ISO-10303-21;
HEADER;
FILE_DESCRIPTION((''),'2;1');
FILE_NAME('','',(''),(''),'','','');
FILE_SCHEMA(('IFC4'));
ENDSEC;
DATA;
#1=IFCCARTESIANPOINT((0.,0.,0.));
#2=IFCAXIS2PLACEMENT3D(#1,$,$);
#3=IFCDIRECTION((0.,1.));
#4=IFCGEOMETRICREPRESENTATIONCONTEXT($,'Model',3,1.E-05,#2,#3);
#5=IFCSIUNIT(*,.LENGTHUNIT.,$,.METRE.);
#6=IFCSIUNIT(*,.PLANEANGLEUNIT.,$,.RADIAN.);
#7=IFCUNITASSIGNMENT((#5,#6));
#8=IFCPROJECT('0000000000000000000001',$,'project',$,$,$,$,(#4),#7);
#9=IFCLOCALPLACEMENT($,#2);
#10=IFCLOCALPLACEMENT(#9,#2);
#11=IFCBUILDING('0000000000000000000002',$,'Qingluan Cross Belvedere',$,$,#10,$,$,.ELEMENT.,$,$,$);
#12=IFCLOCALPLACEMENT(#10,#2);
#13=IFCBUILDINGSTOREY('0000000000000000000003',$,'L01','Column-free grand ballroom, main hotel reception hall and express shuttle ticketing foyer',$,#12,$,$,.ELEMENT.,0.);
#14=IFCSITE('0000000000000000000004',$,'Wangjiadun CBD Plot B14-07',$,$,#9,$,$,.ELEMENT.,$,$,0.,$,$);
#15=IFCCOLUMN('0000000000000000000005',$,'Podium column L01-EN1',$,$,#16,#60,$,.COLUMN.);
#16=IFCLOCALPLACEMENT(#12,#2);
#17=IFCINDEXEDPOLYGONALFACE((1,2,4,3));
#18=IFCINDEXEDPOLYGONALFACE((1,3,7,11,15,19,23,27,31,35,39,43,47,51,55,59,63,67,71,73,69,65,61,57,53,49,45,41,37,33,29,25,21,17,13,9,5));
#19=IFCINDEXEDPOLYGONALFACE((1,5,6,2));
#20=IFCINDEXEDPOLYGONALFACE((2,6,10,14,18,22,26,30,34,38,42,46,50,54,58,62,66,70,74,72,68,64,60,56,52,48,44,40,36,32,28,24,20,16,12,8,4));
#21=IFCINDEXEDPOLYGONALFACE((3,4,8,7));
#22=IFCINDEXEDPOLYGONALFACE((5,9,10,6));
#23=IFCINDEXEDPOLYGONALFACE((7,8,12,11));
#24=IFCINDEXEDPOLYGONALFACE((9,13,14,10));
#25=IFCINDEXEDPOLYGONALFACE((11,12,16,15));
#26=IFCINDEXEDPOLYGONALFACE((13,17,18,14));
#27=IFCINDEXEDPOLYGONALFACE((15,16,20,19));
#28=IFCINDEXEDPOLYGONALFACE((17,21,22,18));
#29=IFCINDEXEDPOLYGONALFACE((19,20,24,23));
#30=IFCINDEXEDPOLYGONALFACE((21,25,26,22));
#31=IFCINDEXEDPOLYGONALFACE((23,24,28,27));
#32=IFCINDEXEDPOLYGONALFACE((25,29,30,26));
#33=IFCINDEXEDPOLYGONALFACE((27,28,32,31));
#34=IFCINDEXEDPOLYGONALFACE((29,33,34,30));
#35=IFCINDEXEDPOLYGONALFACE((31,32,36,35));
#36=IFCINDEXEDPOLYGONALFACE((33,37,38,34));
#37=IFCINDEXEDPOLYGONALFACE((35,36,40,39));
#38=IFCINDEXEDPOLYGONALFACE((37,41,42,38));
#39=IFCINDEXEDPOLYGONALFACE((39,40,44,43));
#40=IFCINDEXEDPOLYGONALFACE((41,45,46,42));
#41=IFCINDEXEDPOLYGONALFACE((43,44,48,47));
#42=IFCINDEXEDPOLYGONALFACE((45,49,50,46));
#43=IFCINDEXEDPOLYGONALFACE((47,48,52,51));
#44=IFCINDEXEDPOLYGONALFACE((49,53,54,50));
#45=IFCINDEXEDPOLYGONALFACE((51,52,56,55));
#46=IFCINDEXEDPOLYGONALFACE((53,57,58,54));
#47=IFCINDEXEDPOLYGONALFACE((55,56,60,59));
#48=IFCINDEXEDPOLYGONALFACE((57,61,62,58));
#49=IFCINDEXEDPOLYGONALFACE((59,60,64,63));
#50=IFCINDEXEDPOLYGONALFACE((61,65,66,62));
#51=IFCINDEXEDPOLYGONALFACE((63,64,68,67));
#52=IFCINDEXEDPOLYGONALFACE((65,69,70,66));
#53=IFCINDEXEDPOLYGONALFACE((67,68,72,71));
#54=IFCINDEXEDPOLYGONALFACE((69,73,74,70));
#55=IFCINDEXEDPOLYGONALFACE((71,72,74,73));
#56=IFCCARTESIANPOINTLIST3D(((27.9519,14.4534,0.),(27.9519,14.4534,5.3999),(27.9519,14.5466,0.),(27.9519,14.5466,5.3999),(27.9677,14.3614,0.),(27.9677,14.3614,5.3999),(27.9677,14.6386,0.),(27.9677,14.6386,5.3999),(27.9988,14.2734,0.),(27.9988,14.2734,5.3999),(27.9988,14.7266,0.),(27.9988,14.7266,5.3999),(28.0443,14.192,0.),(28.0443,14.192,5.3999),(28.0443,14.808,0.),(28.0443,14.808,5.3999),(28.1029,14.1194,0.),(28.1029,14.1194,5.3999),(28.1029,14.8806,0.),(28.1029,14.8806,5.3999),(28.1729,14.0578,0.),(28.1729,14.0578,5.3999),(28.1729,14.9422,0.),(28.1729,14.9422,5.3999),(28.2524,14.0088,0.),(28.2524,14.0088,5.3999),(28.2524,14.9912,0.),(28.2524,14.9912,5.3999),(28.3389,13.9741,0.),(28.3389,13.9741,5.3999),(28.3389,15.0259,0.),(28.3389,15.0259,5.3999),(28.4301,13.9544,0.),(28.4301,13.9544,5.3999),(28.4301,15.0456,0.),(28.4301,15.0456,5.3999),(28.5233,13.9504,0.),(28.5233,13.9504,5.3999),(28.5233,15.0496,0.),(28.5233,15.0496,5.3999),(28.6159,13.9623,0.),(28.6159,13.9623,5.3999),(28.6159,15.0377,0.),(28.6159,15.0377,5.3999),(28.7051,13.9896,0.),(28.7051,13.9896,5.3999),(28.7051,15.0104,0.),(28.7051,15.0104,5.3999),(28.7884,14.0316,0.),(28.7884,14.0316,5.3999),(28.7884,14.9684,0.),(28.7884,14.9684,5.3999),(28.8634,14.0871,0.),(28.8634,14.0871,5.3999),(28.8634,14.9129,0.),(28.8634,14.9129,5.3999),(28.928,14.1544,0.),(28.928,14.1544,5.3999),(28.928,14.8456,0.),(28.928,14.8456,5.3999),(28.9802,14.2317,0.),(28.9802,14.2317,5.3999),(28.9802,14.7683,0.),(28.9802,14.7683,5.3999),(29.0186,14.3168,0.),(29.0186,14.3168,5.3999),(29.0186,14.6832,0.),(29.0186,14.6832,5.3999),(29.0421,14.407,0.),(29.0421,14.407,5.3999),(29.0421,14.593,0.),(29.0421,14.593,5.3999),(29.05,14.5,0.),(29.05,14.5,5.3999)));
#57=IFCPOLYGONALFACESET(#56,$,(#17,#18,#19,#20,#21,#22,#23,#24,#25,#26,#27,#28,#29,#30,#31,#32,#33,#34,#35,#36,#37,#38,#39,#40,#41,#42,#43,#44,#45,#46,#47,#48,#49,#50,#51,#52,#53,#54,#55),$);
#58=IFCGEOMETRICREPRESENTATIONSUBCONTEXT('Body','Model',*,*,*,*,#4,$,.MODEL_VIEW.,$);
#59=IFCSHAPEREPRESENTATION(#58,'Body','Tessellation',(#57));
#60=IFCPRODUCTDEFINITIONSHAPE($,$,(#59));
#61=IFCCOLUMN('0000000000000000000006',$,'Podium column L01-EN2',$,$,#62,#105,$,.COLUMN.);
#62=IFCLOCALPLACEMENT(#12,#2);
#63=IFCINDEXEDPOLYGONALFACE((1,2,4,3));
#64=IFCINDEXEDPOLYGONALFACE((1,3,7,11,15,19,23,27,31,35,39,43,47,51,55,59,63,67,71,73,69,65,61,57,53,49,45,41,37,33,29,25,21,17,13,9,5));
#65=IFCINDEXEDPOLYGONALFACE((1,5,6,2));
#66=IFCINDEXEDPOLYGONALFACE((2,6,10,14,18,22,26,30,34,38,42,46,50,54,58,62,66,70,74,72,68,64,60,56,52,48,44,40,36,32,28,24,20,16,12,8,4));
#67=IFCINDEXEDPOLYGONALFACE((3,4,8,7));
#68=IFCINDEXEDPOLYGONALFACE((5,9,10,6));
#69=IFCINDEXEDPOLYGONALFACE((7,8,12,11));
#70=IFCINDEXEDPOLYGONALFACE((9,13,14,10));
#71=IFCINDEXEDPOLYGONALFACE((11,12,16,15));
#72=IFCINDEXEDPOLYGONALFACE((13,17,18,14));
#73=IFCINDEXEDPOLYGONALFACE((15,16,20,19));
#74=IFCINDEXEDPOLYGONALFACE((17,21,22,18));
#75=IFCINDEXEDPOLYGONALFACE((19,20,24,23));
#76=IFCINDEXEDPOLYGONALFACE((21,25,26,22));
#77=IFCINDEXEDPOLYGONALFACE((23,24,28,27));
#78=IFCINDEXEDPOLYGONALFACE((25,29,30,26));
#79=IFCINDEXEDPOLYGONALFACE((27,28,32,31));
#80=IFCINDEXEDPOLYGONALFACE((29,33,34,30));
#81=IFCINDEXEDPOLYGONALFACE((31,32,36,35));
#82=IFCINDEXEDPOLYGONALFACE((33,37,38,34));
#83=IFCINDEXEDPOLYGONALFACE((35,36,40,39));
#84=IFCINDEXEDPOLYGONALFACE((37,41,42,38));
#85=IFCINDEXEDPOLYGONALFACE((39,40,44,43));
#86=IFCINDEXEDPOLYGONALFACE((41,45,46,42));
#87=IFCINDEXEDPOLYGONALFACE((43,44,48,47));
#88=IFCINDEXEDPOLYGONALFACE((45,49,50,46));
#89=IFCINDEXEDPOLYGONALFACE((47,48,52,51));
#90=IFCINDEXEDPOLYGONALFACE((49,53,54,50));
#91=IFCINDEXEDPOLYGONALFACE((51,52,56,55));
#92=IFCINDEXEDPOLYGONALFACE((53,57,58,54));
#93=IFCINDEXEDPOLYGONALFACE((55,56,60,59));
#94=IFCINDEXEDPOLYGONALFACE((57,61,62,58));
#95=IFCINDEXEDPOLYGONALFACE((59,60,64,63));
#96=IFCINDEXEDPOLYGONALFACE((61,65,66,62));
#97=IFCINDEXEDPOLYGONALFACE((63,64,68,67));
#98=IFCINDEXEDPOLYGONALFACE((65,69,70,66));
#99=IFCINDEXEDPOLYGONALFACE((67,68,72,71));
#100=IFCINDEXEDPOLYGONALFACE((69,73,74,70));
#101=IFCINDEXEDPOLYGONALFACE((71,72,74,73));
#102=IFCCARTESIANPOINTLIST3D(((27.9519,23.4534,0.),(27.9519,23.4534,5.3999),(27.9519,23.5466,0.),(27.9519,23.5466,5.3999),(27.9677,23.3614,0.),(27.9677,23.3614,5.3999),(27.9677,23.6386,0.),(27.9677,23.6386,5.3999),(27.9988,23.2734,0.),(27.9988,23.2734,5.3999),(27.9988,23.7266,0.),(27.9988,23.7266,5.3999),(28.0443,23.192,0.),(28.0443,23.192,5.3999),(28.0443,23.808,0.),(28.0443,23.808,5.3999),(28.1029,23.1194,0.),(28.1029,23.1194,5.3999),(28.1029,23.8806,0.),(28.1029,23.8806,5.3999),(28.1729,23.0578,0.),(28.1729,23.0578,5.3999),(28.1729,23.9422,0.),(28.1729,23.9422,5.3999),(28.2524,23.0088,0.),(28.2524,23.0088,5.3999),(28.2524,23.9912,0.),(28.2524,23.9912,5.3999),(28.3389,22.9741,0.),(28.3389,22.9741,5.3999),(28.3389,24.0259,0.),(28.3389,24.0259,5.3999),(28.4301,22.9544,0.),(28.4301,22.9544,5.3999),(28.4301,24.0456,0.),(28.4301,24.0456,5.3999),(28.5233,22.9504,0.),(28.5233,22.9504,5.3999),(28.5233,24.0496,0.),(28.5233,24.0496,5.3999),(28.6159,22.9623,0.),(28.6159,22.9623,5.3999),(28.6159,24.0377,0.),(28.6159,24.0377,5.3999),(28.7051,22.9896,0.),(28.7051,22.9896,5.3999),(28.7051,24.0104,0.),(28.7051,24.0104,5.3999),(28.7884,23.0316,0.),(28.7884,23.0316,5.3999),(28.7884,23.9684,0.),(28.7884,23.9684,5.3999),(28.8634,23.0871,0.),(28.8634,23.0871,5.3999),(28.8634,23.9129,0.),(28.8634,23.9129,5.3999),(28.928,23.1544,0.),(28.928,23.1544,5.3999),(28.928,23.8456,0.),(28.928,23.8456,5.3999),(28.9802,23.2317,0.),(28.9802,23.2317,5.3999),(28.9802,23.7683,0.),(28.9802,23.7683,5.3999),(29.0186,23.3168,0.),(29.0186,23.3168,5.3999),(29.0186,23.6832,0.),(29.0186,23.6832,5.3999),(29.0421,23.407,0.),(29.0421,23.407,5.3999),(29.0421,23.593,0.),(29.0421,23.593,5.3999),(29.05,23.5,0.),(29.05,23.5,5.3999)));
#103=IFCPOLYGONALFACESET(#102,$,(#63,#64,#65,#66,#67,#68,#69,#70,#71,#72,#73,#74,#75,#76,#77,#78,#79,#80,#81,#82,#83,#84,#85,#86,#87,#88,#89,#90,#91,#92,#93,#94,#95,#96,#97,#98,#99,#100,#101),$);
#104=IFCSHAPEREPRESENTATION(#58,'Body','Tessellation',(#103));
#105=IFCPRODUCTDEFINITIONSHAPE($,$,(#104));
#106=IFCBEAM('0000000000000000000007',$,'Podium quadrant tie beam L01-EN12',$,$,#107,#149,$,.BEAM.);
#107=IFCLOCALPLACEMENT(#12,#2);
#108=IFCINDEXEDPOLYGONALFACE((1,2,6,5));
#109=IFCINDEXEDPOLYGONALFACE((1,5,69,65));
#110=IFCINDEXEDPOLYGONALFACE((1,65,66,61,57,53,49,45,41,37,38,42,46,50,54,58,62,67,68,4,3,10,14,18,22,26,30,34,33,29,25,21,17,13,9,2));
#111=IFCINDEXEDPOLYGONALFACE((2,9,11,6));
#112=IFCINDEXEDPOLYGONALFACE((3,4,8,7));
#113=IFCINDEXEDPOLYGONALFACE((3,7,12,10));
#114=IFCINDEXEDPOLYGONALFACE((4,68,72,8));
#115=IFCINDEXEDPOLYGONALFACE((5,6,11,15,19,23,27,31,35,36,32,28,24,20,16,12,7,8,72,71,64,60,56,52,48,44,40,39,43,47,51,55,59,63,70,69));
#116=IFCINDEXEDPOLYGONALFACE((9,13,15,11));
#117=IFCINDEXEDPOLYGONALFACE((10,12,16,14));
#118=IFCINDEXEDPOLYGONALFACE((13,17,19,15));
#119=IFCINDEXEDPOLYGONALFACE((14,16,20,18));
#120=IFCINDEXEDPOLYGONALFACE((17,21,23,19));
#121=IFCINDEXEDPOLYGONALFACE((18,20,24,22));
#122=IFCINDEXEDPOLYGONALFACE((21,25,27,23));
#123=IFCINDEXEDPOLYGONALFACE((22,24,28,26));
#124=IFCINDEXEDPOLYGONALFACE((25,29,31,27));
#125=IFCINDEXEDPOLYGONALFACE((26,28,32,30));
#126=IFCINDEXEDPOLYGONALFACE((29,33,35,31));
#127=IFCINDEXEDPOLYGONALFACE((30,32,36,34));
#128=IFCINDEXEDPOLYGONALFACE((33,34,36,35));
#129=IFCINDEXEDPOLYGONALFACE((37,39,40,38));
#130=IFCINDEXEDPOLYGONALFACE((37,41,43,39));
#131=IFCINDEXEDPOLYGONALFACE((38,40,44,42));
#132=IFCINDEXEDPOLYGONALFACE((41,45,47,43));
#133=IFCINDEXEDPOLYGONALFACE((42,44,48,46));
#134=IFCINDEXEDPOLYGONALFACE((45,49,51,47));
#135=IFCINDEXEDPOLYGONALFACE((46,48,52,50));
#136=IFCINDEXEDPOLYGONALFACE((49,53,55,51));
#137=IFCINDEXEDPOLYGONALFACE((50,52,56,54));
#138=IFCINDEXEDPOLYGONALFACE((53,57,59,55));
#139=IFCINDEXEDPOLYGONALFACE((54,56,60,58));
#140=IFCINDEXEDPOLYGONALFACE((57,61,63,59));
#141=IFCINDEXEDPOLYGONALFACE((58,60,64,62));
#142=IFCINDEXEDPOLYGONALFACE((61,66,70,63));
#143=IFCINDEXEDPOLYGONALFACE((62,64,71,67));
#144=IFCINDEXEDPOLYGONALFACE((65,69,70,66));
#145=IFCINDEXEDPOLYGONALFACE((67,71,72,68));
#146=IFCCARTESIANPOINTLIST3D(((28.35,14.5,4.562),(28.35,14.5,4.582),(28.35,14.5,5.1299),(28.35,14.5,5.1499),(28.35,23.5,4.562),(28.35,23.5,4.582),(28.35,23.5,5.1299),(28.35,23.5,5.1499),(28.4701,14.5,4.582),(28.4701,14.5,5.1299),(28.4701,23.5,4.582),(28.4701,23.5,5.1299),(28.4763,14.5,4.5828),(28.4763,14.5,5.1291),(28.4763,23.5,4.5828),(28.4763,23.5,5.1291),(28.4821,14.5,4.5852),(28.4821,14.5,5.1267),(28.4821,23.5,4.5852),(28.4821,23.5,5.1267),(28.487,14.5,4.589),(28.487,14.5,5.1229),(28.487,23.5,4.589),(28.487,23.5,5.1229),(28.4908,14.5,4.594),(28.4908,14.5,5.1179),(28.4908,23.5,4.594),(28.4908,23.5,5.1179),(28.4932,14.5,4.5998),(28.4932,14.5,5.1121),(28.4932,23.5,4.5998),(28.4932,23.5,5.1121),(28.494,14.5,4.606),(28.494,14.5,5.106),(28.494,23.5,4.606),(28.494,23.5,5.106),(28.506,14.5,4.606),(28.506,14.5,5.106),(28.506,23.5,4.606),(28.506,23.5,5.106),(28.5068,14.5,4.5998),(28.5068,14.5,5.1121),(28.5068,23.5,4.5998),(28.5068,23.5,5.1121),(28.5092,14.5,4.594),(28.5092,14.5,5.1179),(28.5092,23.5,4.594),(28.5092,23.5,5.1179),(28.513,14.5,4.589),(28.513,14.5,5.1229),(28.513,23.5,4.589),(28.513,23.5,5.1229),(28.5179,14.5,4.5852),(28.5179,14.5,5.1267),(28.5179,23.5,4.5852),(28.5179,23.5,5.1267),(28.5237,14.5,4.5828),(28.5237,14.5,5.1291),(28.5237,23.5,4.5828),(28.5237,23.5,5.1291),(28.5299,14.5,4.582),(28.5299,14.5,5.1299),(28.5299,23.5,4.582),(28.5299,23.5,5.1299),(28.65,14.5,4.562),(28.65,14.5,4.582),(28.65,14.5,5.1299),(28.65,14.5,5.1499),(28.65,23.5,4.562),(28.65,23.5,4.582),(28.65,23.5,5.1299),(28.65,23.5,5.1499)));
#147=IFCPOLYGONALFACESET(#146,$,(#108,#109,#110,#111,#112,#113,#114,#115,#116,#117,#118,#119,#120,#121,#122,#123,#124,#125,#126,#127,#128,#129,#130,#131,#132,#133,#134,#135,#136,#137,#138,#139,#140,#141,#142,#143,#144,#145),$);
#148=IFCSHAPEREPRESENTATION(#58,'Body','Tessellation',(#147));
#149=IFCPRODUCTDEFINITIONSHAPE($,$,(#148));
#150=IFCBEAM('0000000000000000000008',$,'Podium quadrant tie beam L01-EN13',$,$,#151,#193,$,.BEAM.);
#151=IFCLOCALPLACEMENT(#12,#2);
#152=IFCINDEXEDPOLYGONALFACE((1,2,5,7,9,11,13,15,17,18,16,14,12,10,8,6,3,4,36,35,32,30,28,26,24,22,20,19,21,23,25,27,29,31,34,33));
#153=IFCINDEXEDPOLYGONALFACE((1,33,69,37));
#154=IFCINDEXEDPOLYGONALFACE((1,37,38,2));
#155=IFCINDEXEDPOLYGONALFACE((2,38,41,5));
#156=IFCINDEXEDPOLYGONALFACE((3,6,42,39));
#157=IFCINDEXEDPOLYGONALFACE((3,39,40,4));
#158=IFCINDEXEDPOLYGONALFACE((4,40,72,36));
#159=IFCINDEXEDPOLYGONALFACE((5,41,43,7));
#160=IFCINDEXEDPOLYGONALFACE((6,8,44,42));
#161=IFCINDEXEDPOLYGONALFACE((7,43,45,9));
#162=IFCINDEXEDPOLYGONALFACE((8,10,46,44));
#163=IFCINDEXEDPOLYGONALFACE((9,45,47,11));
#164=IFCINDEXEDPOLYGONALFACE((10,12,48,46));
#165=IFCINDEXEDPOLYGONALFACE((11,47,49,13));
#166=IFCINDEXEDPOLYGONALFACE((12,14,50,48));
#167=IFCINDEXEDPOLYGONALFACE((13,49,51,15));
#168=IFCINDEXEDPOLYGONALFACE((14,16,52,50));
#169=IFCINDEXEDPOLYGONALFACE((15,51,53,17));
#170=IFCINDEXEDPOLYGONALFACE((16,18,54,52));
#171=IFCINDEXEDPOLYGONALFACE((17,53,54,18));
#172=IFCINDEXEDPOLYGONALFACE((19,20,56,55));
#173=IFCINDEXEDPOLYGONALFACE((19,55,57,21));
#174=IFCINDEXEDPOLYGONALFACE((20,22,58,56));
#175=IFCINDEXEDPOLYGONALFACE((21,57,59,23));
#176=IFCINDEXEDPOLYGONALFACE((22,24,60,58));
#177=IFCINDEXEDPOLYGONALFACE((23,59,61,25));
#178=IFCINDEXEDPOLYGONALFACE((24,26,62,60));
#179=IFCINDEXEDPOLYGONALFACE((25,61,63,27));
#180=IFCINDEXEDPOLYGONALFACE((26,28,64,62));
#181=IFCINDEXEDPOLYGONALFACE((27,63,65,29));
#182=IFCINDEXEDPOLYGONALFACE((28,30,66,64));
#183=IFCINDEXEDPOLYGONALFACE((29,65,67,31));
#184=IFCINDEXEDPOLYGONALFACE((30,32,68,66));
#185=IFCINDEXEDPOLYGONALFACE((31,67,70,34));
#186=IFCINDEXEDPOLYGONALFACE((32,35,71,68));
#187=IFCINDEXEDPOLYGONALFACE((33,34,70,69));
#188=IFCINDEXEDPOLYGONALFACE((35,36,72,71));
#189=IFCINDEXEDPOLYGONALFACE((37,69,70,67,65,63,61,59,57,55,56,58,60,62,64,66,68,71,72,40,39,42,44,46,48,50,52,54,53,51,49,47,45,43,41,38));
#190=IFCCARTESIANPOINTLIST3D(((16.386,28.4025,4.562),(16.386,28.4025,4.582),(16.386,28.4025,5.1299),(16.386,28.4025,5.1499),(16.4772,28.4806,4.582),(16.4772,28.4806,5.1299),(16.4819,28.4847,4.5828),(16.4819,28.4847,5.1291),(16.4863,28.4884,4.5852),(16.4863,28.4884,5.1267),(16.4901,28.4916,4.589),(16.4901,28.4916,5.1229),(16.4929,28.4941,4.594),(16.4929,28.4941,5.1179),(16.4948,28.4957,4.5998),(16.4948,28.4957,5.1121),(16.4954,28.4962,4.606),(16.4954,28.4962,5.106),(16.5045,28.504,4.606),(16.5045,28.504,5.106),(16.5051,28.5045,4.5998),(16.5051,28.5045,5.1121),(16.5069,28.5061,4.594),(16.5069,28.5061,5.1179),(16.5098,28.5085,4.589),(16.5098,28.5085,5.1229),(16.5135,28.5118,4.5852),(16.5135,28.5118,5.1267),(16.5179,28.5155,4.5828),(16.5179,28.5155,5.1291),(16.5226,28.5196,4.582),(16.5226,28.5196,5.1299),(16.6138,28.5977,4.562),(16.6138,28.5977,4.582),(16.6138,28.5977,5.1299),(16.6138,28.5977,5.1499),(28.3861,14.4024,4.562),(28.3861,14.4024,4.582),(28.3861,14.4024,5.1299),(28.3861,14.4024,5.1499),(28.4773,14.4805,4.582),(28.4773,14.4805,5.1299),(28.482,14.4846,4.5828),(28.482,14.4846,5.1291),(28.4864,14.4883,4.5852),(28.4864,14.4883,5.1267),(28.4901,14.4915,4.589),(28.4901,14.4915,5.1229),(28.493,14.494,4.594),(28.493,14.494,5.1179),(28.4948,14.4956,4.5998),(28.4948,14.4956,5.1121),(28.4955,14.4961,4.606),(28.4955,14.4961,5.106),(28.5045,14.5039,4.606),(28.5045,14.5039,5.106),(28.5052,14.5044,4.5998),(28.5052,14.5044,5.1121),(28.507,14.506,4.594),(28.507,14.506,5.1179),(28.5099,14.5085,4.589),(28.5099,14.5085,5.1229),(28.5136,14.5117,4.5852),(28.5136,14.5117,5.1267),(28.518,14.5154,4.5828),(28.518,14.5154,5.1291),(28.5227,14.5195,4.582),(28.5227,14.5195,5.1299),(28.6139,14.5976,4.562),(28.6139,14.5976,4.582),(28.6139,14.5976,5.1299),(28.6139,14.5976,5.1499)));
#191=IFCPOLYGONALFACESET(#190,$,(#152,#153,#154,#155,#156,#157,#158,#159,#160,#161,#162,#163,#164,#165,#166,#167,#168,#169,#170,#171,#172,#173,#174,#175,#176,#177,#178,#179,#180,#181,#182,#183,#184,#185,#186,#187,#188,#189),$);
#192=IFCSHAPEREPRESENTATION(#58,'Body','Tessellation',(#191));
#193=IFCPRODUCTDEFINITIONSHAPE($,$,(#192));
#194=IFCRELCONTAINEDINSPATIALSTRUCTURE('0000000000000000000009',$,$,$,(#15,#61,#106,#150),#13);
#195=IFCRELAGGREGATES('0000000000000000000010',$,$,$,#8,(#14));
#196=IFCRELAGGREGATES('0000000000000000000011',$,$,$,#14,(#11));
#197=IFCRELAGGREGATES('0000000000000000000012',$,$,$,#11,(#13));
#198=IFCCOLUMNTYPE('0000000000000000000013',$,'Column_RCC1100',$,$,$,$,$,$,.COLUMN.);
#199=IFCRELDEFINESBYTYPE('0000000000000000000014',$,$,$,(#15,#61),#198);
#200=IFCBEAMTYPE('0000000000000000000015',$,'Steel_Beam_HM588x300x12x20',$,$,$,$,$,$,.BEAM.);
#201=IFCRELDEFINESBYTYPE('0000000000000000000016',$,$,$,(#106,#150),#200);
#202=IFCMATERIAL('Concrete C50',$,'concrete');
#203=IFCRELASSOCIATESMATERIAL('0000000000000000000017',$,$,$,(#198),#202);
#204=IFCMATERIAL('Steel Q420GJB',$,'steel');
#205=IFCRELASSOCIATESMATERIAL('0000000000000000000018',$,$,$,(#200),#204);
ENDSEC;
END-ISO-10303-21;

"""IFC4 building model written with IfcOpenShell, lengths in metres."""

from ifc_helpers import new_model, si_unit, direction, frame, origin, origin_2d, place, context, subcontext, project, spatial, circle, i_section, extrude, material, material_profile, profile_set, type_object, element, save


model = new_model("IFC4")

# Units and contexts
model_context = context("Model", 3, precision=1e-05, world=origin(), true_north=direction((0.0, 1.0)))
body_context = subcontext(model_context, "Body", "Model", "MODEL_VIEW")
ifc_project = project(units=[si_unit("LENGTHUNIT", "METRE"), si_unit("PLANEANGLEUNIT", "RADIAN")], contexts=[model_context])

# Site, building, storey
site_placement = place(None, origin())
site = spatial("IfcSite", under=ifc_project, at=site_placement, Name="Wangjiadun CBD Plot B14-07", CompositionType="ELEMENT", RefElevation=0.0)
building_placement = place(site_placement, origin())
building = spatial("IfcBuilding", under=site, at=building_placement, Name="Qingluan Cross Belvedere", CompositionType="ELEMENT")
storey_placement = place(building_placement, origin())
storey = spatial("IfcBuildingStorey", under=building, at=storey_placement, Name="L01", Description="Column-free grand ballroom, main hotel reception hall and express shuttle ticketing foyer", CompositionType="ELEMENT", Elevation=0.0)

# Columns
ifc_material_1 = material(Name="Concrete C50", Category="concrete")
ifc_material_profile_1 = material_profile(ifc_material_1, circle(Radius=0.55, at=origin_2d()), Name="RCC1100")
ifc_profile_set_1 = profile_set([ifc_material_profile_1], Name="Concrete C50")
column_type = type_object("IfcColumnType", Name="Column_RCC1100", PredefinedType="COLUMN", material=ifc_profile_set_1)
for number, where, z_axis, x_axis, name in (
    (1, (28.5, 14.5, 0.0), (0.0, 0.0, 1.0), (1.0, 0.0, 0.0), "Podium column L01-EN1"),
    (2, (28.5, 23.5, 0.0), (0.0, 0.0, 1.0), (1.0, 0.0, 0.0), "Podium column L01-EN2"),
):
    element("IfcColumn", number, at=place(storey_placement, frame(where, z_axis=z_axis, x_axis=x_axis)), inside=storey, type_object=column_type, Name=name, PredefinedType="COLUMN", context=body_context, shape_type="SweptSolid", body=[
        extrude(circle(Radius=0.55, at=origin_2d()), origin(), (0.0, 0.0, 1.0), 5.3999),
    ])

# Beams
ifc_material_2 = material(Name="Steel Q420GJB", Category="steel")
ifc_material_profile_2 = material_profile(ifc_material_2, i_section(OverallWidth=0.3, OverallDepth=0.5879, WebThickness=0.012, FlangeThickness=0.02, FilletRadius=0.0239, at=origin_2d()), Name="HM588x300x12x20")
ifc_profile_set_2 = profile_set([ifc_material_profile_2], Name="Steel Q420GJB")
beam_type = type_object("IfcBeamType", Name="Steel_Beam_HM588x300x12x20", PredefinedType="BEAM", material=ifc_profile_set_2)
beam_1_placement = place(storey_placement, frame((28.5, 14.5, 4.856), z_axis=(0.0, 1.0, 0.0), x_axis=(-1.0, 0.0, 0.0)))
element("IfcBeam", 3, at=beam_1_placement, inside=storey, type_object=beam_type, Name="Podium quadrant tie beam L01-EN12", PredefinedType="BEAM", context=body_context, shape_type="SweptSolid", body=[
    extrude(i_section(OverallWidth=0.3, OverallDepth=0.5879, WebThickness=0.012, FlangeThickness=0.02, FilletRadius=0.0239, at=origin_2d()), origin(), (0.0, 0.0, 1.0), 9.0),
])
beam_2_placement = place(storey_placement, frame((28.5, 14.5, 4.856), z_axis=(-0.650791, 0.759257, 0.0), x_axis=(-0.759257, -0.650791, 0.0)))
element("IfcBeam", 4, at=beam_2_placement, inside=storey, type_object=beam_type, Name="Podium quadrant tie beam L01-EN13", PredefinedType="BEAM", context=body_context, shape_type="SweptSolid", body=[
    extrude(i_section(OverallWidth=0.3, OverallDepth=0.5879, WebThickness=0.012, FlangeThickness=0.02, FilletRadius=0.0239, at=origin_2d()), origin(), (0.0, 0.0, 1.0), 18.4392),
])

save(model, "model.ifc")
